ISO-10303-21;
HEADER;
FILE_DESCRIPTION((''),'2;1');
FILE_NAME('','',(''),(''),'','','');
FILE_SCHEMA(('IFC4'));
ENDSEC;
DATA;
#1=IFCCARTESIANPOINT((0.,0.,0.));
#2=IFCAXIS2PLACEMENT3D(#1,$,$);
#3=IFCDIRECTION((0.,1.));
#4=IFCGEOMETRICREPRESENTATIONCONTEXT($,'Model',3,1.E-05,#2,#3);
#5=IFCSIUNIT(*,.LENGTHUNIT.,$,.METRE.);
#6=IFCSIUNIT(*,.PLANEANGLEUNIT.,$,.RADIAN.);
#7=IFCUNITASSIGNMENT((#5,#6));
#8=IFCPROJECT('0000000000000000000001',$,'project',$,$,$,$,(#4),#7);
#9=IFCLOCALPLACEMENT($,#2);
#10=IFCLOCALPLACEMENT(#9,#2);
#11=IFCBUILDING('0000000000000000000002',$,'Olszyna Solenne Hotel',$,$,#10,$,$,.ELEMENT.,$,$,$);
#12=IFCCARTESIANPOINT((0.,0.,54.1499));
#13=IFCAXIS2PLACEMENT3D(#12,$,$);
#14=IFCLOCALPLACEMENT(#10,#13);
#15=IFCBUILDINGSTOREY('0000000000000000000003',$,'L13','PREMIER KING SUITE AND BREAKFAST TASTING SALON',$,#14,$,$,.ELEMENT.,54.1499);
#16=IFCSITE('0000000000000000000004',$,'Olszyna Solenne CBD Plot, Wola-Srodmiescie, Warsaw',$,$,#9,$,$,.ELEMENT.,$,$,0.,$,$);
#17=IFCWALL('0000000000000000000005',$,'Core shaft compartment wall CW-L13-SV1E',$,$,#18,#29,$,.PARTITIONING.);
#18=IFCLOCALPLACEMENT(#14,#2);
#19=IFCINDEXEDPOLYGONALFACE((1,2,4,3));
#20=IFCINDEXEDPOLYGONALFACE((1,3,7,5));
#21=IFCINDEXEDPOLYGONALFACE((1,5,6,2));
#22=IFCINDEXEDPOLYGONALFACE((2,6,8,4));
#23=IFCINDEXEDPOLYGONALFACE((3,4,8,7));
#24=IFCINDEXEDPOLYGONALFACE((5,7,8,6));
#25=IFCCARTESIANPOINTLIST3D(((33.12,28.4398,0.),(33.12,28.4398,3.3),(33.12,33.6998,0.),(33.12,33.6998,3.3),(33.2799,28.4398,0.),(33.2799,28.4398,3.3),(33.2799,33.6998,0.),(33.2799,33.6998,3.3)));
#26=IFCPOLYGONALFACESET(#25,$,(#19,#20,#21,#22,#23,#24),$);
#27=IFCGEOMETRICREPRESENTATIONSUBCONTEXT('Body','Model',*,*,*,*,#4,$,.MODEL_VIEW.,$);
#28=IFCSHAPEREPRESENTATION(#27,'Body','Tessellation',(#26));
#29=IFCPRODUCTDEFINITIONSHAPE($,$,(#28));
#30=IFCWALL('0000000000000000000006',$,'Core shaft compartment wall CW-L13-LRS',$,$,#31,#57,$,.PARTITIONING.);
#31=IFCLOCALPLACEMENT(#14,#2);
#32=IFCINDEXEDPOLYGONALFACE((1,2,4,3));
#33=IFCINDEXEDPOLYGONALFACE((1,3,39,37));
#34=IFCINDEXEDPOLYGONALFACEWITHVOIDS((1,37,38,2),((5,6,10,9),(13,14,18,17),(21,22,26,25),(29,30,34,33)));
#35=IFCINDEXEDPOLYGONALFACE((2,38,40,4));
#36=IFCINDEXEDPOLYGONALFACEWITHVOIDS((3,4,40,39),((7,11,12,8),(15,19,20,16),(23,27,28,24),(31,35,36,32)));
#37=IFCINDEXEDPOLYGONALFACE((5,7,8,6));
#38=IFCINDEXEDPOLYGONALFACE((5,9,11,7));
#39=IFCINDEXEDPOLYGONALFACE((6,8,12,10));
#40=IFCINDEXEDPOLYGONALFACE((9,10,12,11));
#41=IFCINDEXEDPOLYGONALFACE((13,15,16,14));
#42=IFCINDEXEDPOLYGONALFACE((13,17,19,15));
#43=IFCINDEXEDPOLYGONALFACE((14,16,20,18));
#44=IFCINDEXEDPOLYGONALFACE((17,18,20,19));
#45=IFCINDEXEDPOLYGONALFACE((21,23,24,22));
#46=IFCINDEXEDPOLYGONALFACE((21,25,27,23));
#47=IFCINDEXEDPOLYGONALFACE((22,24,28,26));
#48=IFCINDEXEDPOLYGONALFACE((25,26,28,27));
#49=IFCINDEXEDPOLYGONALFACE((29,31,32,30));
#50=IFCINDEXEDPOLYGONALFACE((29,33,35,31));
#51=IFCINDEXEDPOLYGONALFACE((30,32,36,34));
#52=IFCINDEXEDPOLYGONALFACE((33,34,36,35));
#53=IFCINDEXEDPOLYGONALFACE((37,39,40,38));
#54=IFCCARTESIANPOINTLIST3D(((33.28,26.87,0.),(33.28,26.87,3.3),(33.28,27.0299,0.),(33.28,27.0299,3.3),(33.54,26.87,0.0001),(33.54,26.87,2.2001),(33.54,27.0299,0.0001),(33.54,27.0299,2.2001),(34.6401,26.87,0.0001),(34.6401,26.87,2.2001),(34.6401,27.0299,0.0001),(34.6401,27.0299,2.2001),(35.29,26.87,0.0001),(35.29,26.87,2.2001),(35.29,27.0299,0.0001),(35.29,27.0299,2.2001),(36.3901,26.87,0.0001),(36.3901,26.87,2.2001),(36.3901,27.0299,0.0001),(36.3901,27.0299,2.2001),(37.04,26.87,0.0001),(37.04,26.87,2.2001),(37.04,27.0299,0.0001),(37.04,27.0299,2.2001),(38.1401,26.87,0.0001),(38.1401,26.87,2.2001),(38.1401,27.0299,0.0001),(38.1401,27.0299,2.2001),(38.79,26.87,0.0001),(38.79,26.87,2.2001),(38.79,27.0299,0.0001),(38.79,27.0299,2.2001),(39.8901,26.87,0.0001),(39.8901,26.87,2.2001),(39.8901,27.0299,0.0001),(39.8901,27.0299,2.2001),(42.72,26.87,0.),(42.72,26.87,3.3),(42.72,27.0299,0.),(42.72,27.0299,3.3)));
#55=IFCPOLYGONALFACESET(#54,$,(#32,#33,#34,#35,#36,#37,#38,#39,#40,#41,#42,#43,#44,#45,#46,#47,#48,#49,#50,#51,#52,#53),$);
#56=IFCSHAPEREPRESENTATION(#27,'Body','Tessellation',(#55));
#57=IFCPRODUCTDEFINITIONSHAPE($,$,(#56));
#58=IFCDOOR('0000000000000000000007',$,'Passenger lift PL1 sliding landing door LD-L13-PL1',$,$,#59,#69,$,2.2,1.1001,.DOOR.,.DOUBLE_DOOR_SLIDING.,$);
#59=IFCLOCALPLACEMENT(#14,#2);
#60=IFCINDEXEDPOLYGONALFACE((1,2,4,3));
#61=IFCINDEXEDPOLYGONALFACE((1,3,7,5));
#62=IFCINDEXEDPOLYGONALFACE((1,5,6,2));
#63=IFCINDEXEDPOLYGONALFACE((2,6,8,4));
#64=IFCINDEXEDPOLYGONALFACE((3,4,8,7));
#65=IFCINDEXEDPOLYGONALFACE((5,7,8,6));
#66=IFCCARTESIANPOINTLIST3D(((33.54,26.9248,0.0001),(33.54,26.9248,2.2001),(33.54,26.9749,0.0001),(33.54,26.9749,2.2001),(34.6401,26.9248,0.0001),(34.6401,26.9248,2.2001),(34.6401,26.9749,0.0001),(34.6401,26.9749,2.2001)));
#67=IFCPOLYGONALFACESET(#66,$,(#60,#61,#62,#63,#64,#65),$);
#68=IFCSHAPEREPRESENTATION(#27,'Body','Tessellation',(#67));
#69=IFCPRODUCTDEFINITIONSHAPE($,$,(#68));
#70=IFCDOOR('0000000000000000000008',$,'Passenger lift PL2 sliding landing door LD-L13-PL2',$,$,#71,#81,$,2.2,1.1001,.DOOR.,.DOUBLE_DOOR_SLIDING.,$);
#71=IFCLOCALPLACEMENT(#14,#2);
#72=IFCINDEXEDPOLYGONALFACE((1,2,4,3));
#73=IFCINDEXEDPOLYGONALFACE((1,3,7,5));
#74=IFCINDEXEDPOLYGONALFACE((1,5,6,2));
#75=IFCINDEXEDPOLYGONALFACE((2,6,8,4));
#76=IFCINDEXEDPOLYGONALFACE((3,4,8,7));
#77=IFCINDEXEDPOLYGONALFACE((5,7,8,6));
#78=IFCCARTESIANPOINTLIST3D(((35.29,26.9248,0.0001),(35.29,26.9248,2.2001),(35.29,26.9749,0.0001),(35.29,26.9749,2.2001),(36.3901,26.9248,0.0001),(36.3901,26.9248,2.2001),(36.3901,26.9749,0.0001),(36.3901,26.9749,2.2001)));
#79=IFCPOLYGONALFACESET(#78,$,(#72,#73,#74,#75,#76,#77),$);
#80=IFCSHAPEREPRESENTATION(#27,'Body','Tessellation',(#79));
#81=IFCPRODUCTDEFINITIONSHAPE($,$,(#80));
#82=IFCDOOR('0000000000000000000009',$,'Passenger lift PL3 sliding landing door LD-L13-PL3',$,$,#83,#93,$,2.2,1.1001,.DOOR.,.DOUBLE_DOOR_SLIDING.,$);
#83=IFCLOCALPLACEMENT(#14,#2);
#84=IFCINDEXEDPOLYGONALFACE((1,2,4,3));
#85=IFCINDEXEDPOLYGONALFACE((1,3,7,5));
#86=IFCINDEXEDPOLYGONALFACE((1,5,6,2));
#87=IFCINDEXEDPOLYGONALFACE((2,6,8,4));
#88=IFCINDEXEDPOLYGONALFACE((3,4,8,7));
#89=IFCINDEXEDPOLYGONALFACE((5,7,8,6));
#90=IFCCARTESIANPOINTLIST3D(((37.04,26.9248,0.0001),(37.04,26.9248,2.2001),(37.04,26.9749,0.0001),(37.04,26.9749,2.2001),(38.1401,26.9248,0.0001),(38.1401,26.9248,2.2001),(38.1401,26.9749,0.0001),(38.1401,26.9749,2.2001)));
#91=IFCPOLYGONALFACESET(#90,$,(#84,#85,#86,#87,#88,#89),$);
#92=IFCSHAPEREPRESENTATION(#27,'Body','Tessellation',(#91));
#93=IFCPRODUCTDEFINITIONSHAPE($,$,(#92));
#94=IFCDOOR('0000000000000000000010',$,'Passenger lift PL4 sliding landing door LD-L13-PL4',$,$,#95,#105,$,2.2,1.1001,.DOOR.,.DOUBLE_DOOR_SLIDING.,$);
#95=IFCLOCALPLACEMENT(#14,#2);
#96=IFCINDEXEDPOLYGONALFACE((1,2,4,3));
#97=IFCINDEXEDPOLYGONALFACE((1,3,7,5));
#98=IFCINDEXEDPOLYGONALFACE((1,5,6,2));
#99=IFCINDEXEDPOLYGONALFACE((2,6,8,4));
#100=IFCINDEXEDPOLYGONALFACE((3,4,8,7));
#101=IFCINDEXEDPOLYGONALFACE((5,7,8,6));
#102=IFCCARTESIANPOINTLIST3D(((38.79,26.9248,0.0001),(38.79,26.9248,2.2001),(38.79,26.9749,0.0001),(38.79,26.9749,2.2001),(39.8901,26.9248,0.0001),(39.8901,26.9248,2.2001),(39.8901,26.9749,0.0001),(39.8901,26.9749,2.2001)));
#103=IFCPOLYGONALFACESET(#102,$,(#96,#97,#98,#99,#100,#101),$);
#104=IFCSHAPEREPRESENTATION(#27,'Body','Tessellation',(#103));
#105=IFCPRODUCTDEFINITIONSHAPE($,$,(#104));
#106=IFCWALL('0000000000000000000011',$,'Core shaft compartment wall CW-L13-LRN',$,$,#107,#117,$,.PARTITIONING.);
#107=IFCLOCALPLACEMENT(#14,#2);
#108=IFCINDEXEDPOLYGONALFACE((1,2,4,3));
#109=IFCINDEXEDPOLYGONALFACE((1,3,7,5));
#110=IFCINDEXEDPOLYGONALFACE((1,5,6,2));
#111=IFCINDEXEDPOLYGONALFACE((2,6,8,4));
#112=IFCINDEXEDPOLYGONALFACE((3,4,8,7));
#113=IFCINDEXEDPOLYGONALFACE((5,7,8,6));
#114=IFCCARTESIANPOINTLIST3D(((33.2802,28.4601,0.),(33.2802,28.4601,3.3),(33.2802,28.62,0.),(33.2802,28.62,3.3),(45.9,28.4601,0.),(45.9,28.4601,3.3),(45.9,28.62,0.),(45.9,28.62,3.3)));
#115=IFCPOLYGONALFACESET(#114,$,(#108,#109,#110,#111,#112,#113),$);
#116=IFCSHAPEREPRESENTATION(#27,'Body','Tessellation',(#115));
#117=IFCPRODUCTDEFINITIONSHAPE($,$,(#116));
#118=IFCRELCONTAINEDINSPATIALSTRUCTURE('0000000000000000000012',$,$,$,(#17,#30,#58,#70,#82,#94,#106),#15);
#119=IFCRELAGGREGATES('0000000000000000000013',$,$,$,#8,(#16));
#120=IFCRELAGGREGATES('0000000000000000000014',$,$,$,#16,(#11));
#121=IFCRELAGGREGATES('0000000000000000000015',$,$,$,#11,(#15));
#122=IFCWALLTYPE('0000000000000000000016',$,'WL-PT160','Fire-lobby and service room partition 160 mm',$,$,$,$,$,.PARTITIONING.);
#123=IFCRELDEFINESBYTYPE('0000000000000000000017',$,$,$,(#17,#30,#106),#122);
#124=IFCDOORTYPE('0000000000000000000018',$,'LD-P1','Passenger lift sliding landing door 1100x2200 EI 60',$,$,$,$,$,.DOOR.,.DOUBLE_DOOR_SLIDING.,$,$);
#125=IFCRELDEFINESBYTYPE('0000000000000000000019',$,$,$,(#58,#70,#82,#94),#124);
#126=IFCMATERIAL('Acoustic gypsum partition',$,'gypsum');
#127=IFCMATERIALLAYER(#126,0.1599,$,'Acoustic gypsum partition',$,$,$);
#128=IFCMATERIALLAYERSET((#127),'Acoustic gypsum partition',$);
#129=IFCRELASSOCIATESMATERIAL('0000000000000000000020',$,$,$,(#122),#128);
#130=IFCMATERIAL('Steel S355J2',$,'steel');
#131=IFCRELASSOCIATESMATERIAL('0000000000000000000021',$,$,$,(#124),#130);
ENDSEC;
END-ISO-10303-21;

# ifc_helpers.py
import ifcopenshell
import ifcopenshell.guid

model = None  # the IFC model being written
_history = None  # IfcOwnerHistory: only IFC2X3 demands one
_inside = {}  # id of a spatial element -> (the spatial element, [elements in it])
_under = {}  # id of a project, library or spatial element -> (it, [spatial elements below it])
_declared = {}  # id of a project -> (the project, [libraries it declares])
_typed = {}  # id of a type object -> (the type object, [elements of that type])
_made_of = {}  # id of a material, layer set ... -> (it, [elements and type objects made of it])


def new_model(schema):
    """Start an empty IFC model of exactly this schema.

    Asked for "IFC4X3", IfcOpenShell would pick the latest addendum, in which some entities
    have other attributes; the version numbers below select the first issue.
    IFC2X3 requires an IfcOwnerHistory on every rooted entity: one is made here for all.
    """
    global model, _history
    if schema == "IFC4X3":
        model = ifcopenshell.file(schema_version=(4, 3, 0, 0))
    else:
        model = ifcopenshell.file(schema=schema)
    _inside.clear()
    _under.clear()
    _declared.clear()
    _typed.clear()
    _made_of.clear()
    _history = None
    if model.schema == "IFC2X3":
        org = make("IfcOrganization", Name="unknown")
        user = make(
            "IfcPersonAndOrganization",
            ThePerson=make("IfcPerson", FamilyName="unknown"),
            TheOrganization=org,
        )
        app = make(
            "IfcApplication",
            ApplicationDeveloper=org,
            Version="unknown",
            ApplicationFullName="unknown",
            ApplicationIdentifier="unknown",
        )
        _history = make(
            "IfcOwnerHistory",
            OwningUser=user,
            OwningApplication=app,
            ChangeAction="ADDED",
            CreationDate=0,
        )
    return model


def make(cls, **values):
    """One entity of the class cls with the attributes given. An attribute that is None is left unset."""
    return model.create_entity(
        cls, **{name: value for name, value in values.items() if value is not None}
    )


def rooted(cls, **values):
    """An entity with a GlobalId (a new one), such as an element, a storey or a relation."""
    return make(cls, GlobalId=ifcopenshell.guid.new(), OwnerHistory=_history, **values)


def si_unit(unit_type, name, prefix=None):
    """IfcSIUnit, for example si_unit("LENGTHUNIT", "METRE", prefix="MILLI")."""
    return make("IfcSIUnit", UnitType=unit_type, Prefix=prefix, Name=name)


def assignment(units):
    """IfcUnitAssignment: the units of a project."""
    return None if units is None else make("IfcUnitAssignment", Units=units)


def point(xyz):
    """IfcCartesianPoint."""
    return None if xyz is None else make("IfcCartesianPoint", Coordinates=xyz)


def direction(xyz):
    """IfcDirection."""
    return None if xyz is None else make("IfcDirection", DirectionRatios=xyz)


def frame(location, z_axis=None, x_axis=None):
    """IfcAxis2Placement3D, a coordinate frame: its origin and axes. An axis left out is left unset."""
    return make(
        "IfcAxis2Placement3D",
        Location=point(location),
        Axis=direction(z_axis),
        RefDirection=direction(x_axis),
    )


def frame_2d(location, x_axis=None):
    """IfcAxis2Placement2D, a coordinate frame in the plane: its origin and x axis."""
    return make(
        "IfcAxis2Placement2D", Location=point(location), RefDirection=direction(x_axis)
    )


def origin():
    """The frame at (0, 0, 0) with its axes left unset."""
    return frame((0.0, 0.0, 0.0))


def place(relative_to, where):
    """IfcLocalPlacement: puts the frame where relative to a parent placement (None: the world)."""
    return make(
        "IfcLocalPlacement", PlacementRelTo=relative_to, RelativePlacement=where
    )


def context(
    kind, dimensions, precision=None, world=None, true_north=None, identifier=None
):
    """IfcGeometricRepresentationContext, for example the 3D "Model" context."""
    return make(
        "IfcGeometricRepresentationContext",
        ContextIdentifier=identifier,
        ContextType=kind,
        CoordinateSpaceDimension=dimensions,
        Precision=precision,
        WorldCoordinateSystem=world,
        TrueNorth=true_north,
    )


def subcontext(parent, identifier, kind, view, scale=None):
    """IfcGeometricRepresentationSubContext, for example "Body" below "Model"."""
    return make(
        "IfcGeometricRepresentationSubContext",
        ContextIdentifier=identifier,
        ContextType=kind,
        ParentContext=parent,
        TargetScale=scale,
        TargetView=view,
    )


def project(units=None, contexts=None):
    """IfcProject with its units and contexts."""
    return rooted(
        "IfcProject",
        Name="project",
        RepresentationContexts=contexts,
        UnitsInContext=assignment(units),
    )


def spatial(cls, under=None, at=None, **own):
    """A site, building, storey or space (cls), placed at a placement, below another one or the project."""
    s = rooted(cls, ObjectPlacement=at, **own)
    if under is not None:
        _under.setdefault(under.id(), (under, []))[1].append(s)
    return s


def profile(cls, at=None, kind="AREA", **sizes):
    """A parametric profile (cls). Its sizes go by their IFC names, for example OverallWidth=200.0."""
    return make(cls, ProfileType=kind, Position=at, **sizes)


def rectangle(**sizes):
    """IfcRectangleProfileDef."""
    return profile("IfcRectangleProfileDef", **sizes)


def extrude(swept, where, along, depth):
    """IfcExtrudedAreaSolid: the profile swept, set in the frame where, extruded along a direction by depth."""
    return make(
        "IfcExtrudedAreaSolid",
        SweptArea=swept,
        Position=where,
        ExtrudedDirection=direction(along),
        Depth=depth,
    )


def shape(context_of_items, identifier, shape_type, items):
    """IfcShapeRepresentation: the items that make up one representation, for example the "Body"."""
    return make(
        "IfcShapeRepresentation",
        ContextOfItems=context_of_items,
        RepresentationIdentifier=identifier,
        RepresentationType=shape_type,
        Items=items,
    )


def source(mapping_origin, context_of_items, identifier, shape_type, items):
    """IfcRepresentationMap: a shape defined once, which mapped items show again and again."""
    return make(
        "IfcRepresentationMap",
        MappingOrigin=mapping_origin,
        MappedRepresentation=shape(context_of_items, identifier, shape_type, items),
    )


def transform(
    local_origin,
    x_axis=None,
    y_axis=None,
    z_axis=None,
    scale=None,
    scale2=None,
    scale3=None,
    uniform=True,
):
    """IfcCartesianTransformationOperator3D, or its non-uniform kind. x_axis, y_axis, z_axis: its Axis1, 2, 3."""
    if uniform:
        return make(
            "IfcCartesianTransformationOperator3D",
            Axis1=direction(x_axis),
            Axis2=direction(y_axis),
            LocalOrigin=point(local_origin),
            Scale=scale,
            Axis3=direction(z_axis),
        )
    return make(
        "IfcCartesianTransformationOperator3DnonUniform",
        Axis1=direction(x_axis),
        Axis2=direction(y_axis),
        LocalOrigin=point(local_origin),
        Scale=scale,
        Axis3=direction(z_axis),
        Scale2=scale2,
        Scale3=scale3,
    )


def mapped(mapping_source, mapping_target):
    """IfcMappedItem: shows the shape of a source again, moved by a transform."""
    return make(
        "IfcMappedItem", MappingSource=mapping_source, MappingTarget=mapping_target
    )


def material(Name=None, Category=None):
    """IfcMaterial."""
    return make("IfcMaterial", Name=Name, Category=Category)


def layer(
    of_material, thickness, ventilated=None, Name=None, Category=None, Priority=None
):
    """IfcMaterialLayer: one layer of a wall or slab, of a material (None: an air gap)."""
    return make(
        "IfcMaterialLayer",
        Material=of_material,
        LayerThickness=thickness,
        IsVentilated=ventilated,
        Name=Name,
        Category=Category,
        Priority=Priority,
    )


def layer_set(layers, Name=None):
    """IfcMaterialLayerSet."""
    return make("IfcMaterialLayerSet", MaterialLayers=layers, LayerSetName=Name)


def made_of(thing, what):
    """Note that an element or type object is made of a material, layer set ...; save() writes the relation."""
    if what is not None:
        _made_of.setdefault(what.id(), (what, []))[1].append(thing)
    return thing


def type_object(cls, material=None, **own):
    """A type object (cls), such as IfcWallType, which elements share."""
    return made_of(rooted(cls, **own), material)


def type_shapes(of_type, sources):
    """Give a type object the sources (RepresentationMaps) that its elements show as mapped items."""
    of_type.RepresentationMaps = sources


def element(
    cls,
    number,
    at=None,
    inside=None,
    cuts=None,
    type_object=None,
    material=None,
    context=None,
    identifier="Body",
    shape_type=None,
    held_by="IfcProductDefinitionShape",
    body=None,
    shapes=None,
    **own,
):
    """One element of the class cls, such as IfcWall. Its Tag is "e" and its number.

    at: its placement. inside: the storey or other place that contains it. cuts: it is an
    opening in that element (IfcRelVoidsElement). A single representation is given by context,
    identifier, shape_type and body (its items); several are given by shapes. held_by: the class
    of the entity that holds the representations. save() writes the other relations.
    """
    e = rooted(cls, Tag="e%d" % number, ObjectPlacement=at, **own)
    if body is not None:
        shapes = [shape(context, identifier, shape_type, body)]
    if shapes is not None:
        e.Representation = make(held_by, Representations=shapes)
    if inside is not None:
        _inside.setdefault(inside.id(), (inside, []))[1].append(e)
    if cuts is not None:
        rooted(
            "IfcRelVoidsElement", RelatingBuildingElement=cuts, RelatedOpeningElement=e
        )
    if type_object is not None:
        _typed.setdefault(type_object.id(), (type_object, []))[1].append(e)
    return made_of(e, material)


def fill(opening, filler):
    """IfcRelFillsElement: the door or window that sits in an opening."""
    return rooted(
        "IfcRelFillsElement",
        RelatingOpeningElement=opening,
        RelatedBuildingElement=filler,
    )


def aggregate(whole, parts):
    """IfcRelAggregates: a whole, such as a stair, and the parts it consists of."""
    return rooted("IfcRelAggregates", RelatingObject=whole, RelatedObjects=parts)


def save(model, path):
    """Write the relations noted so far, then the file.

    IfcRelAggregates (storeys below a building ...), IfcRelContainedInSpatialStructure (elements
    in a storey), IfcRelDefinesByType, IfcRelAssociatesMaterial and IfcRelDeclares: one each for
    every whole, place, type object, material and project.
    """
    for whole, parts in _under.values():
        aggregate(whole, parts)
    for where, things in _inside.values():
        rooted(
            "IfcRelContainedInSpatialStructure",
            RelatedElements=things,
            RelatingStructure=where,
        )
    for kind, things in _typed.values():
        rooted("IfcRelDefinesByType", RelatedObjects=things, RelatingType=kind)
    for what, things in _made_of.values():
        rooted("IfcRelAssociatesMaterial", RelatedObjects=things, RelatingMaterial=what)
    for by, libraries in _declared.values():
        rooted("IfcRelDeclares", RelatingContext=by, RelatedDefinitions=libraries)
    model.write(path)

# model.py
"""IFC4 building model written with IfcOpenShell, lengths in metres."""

from ifc_helpers import new_model, si_unit, direction, frame, frame_2d, origin, place, context, subcontext, project, spatial, rectangle, extrude, source, transform, mapped, material, layer, layer_set, type_object, type_shapes, element, fill, save


model = new_model("IFC4")

# Units and contexts
model_context = context("Model", 3, precision=1e-05, world=origin(), true_north=direction((0.0, 1.0)))
body_context = subcontext(model_context, "Body", "Model", "MODEL_VIEW")
ifc_project = project(units=[si_unit("LENGTHUNIT", "METRE"), si_unit("PLANEANGLEUNIT", "RADIAN")], contexts=[model_context])

# Site, building, storey
site_placement = place(None, origin())
site = spatial("IfcSite", under=ifc_project, at=site_placement, Name="Olszyna Solenne CBD Plot, Wola-Srodmiescie, Warsaw", CompositionType="ELEMENT", RefElevation=0.0)
building_placement = place(site_placement, origin())
building = spatial("IfcBuilding", under=site, at=building_placement, Name="Olszyna Solenne Hotel", CompositionType="ELEMENT")
storey_placement = place(building_placement, frame((0.0, 0.0, 54.1499)))
storey = spatial("IfcBuildingStorey", under=building, at=storey_placement, Name="L13", Description="PREMIER KING SUITE AND BREAKFAST TASTING SALON", CompositionType="ELEMENT", Elevation=54.1499)

# Shared definitions
ifc_material_1 = material(Name="Steel S355J2", Category="steel")

# Shared definitions
ifc_material_2 = material(Name="Acoustic gypsum partition", Category="gypsum")

# Shared definitions
ifc_layer_1 = layer(ifc_material_2, 0.1599, Name="Acoustic gypsum partition")
ifc_layer_set_1 = layer_set([ifc_layer_1], Name="Acoustic gypsum partition")
wall_type_1 = type_object("IfcWallType", Name="WL-PT160", Description="Fire-lobby and service room partition 160 mm", PredefinedType="PARTITIONING", material=ifc_layer_set_1)

# Wall
wall_1_placement = place(storey_placement, frame((33.2, 28.4399, 0.0), z_axis=(0.0, 0.0, 1.0), x_axis=(0.0, 1.0, 0.0)))
element("IfcWall", 1, at=wall_1_placement, inside=storey, type_object=wall_type_1, Name="Core shaft compartment wall CW-L13-SV1E", PredefinedType="PARTITIONING", context=body_context, shape_type="SweptSolid", body=[
    extrude(rectangle(XDim=5.26, YDim=0.1599, at=frame_2d((2.6299, 0.0))), origin(), (0.0, 0.0, 1.0), 3.3),
])

# Wall, openings, doors
wall_2_placement = place(storey_placement, frame((33.28, 26.95, 0.0), z_axis=(0.0, 0.0, 1.0), x_axis=(1.0, 0.0, 0.0)))
wall_2 = element("IfcWall", 2, at=wall_2_placement, inside=storey, type_object=wall_type_1, Name="Core shaft compartment wall CW-L13-LRS", PredefinedType="PARTITIONING", context=body_context, shape_type="SweptSolid", body=[
    extrude(rectangle(XDim=9.4399, YDim=0.1599, at=frame_2d((4.72, 0.0))), origin(), (0.0, 0.0, 1.0), 3.3),
])
opening_1_placement = place(wall_2_placement, frame((0.26, 0.0, 0.0)))
opening_1 = element("IfcOpeningElement", 3, at=opening_1_placement, cuts=wall_2, PredefinedType="OPENING", context=body_context, shape_type="SweptSolid", body=[
    extrude(rectangle(XDim=1.1001, YDim=2.2, at=frame_2d((0.55, 1.1001))), frame((0.0, 0.0898, 0.0), z_axis=(0.0, -1.0, 0.0), x_axis=(1.0, 0.0, 0.0)), (0.0, 0.0, 1.0), 0.1799),
])
opening_2_placement = place(wall_2_placement, frame((2.01, 0.0, 0.0)))
opening_2 = element("IfcOpeningElement", 4, at=opening_2_placement, cuts=wall_2, PredefinedType="OPENING", context=body_context, shape_type="SweptSolid", body=[
    extrude(rectangle(XDim=1.1001, YDim=2.2, at=frame_2d((0.55, 1.1001))), frame((0.0, 0.0898, 0.0), z_axis=(0.0, -1.0, 0.0), x_axis=(1.0, 0.0, 0.0)), (0.0, 0.0, 1.0), 0.1799),
])
opening_3_placement = place(wall_2_placement, frame((3.76, 0.0, 0.0)))
opening_3 = element("IfcOpeningElement", 5, at=opening_3_placement, cuts=wall_2, PredefinedType="OPENING", context=body_context, shape_type="SweptSolid", body=[
    extrude(rectangle(XDim=1.1001, YDim=2.2, at=frame_2d((0.55, 1.1001))), frame((0.0, 0.0898, 0.0), z_axis=(0.0, -1.0, 0.0), x_axis=(1.0, 0.0, 0.0)), (0.0, 0.0, 1.0), 0.1799),
])
opening_4_placement = place(wall_2_placement, frame((5.51, 0.0, 0.0)))
opening_4 = element("IfcOpeningElement", 6, at=opening_4_placement, cuts=wall_2, PredefinedType="OPENING", context=body_context, shape_type="SweptSolid", body=[
    extrude(rectangle(XDim=1.1001, YDim=2.2, at=frame_2d((0.55, 1.1001))), frame((0.0, 0.0898, 0.0), z_axis=(0.0, -1.0, 0.0), x_axis=(1.0, 0.0, 0.0)), (0.0, 0.0, 1.0), 0.1799),
])
door_type_1 = type_object("IfcDoorType", Name="LD-P1", Description="Passenger lift sliding landing door 1100x2200 EI 60", OperationType="DOUBLE_DOOR_SLIDING", PredefinedType="DOOR", material=ifc_material_1)
shared_shape_1 = source(origin(), body_context, "Body", "SweptSolid", [
    extrude(rectangle(XDim=1.1001, YDim=2.2, at=frame_2d((0.55, 1.1001))), frame((0.0, 0.0249, 0.0), z_axis=(0.0, -1.0, 0.0), x_axis=(1.0, 0.0, 0.0)), (0.0, 0.0, 1.0), 0.05),
])
type_shapes(door_type_1, [shared_shape_1])
door_1_placement = place(opening_1_placement, origin())
door_1 = element("IfcDoor", 7, at=door_1_placement, inside=storey, type_object=door_type_1, Name="Passenger lift PL1 sliding landing door LD-L13-PL1", OperationType="DOUBLE_DOOR_SLIDING", OverallHeight=2.2, OverallWidth=1.1001, PredefinedType="DOOR", context=body_context, shape_type="MappedRepresentation", body=[
    mapped(shared_shape_1, transform((0.0, 0.0, 0.0), x_axis=(1.0, 0.0, 0.0), y_axis=(0.0, 1.0, 0.0), z_axis=(0.0, 0.0, 1.0), scale=1.0)),
])
fill(opening_1, door_1)
door_2_placement = place(opening_2_placement, origin())
door_2 = element("IfcDoor", 8, at=door_2_placement, inside=storey, type_object=door_type_1, Name="Passenger lift PL2 sliding landing door LD-L13-PL2", OperationType="DOUBLE_DOOR_SLIDING", OverallHeight=2.2, OverallWidth=1.1001, PredefinedType="DOOR", context=body_context, shape_type="MappedRepresentation", body=[
    mapped(shared_shape_1, transform((0.0, 0.0, 0.0), x_axis=(1.0, 0.0, 0.0), y_axis=(0.0, 1.0, 0.0), z_axis=(0.0, 0.0, 1.0), scale=1.0)),
])
fill(opening_2, door_2)
door_3_placement = place(opening_3_placement, origin())
door_3 = element("IfcDoor", 9, at=door_3_placement, inside=storey, type_object=door_type_1, Name="Passenger lift PL3 sliding landing door LD-L13-PL3", OperationType="DOUBLE_DOOR_SLIDING", OverallHeight=2.2, OverallWidth=1.1001, PredefinedType="DOOR", context=body_context, shape_type="MappedRepresentation", body=[
    mapped(shared_shape_1, transform((0.0, 0.0, 0.0), x_axis=(1.0, 0.0, 0.0), y_axis=(0.0, 1.0, 0.0), z_axis=(0.0, 0.0, 1.0), scale=1.0)),
])
fill(opening_3, door_3)
door_4_placement = place(opening_4_placement, origin())
door_4 = element("IfcDoor", 10, at=door_4_placement, inside=storey, type_object=door_type_1, Name="Passenger lift PL4 sliding landing door LD-L13-PL4", OperationType="DOUBLE_DOOR_SLIDING", OverallHeight=2.2, OverallWidth=1.1001, PredefinedType="DOOR", context=body_context, shape_type="MappedRepresentation", body=[
    mapped(shared_shape_1, transform((0.0, 0.0, 0.0), x_axis=(1.0, 0.0, 0.0), y_axis=(0.0, 1.0, 0.0), z_axis=(0.0, 0.0, 1.0), scale=1.0)),
])
fill(opening_4, door_4)

# Wall
wall_3_placement = place(storey_placement, frame((33.28, 28.54, 0.0), z_axis=(0.0, 0.0, 1.0), x_axis=(1.0, 0.0, 0.0)))
element("IfcWall", 11, at=wall_3_placement, inside=storey, type_object=wall_type_1, Name="Core shaft compartment wall CW-L13-LRN", PredefinedType="PARTITIONING", context=body_context, shape_type="SweptSolid", body=[
    extrude(rectangle(XDim=12.6199, YDim=0.1599, at=frame_2d((6.3101, 0.0))), origin(), (0.0, 0.0, 1.0), 3.3),
])

save(model, "model.ifc")
